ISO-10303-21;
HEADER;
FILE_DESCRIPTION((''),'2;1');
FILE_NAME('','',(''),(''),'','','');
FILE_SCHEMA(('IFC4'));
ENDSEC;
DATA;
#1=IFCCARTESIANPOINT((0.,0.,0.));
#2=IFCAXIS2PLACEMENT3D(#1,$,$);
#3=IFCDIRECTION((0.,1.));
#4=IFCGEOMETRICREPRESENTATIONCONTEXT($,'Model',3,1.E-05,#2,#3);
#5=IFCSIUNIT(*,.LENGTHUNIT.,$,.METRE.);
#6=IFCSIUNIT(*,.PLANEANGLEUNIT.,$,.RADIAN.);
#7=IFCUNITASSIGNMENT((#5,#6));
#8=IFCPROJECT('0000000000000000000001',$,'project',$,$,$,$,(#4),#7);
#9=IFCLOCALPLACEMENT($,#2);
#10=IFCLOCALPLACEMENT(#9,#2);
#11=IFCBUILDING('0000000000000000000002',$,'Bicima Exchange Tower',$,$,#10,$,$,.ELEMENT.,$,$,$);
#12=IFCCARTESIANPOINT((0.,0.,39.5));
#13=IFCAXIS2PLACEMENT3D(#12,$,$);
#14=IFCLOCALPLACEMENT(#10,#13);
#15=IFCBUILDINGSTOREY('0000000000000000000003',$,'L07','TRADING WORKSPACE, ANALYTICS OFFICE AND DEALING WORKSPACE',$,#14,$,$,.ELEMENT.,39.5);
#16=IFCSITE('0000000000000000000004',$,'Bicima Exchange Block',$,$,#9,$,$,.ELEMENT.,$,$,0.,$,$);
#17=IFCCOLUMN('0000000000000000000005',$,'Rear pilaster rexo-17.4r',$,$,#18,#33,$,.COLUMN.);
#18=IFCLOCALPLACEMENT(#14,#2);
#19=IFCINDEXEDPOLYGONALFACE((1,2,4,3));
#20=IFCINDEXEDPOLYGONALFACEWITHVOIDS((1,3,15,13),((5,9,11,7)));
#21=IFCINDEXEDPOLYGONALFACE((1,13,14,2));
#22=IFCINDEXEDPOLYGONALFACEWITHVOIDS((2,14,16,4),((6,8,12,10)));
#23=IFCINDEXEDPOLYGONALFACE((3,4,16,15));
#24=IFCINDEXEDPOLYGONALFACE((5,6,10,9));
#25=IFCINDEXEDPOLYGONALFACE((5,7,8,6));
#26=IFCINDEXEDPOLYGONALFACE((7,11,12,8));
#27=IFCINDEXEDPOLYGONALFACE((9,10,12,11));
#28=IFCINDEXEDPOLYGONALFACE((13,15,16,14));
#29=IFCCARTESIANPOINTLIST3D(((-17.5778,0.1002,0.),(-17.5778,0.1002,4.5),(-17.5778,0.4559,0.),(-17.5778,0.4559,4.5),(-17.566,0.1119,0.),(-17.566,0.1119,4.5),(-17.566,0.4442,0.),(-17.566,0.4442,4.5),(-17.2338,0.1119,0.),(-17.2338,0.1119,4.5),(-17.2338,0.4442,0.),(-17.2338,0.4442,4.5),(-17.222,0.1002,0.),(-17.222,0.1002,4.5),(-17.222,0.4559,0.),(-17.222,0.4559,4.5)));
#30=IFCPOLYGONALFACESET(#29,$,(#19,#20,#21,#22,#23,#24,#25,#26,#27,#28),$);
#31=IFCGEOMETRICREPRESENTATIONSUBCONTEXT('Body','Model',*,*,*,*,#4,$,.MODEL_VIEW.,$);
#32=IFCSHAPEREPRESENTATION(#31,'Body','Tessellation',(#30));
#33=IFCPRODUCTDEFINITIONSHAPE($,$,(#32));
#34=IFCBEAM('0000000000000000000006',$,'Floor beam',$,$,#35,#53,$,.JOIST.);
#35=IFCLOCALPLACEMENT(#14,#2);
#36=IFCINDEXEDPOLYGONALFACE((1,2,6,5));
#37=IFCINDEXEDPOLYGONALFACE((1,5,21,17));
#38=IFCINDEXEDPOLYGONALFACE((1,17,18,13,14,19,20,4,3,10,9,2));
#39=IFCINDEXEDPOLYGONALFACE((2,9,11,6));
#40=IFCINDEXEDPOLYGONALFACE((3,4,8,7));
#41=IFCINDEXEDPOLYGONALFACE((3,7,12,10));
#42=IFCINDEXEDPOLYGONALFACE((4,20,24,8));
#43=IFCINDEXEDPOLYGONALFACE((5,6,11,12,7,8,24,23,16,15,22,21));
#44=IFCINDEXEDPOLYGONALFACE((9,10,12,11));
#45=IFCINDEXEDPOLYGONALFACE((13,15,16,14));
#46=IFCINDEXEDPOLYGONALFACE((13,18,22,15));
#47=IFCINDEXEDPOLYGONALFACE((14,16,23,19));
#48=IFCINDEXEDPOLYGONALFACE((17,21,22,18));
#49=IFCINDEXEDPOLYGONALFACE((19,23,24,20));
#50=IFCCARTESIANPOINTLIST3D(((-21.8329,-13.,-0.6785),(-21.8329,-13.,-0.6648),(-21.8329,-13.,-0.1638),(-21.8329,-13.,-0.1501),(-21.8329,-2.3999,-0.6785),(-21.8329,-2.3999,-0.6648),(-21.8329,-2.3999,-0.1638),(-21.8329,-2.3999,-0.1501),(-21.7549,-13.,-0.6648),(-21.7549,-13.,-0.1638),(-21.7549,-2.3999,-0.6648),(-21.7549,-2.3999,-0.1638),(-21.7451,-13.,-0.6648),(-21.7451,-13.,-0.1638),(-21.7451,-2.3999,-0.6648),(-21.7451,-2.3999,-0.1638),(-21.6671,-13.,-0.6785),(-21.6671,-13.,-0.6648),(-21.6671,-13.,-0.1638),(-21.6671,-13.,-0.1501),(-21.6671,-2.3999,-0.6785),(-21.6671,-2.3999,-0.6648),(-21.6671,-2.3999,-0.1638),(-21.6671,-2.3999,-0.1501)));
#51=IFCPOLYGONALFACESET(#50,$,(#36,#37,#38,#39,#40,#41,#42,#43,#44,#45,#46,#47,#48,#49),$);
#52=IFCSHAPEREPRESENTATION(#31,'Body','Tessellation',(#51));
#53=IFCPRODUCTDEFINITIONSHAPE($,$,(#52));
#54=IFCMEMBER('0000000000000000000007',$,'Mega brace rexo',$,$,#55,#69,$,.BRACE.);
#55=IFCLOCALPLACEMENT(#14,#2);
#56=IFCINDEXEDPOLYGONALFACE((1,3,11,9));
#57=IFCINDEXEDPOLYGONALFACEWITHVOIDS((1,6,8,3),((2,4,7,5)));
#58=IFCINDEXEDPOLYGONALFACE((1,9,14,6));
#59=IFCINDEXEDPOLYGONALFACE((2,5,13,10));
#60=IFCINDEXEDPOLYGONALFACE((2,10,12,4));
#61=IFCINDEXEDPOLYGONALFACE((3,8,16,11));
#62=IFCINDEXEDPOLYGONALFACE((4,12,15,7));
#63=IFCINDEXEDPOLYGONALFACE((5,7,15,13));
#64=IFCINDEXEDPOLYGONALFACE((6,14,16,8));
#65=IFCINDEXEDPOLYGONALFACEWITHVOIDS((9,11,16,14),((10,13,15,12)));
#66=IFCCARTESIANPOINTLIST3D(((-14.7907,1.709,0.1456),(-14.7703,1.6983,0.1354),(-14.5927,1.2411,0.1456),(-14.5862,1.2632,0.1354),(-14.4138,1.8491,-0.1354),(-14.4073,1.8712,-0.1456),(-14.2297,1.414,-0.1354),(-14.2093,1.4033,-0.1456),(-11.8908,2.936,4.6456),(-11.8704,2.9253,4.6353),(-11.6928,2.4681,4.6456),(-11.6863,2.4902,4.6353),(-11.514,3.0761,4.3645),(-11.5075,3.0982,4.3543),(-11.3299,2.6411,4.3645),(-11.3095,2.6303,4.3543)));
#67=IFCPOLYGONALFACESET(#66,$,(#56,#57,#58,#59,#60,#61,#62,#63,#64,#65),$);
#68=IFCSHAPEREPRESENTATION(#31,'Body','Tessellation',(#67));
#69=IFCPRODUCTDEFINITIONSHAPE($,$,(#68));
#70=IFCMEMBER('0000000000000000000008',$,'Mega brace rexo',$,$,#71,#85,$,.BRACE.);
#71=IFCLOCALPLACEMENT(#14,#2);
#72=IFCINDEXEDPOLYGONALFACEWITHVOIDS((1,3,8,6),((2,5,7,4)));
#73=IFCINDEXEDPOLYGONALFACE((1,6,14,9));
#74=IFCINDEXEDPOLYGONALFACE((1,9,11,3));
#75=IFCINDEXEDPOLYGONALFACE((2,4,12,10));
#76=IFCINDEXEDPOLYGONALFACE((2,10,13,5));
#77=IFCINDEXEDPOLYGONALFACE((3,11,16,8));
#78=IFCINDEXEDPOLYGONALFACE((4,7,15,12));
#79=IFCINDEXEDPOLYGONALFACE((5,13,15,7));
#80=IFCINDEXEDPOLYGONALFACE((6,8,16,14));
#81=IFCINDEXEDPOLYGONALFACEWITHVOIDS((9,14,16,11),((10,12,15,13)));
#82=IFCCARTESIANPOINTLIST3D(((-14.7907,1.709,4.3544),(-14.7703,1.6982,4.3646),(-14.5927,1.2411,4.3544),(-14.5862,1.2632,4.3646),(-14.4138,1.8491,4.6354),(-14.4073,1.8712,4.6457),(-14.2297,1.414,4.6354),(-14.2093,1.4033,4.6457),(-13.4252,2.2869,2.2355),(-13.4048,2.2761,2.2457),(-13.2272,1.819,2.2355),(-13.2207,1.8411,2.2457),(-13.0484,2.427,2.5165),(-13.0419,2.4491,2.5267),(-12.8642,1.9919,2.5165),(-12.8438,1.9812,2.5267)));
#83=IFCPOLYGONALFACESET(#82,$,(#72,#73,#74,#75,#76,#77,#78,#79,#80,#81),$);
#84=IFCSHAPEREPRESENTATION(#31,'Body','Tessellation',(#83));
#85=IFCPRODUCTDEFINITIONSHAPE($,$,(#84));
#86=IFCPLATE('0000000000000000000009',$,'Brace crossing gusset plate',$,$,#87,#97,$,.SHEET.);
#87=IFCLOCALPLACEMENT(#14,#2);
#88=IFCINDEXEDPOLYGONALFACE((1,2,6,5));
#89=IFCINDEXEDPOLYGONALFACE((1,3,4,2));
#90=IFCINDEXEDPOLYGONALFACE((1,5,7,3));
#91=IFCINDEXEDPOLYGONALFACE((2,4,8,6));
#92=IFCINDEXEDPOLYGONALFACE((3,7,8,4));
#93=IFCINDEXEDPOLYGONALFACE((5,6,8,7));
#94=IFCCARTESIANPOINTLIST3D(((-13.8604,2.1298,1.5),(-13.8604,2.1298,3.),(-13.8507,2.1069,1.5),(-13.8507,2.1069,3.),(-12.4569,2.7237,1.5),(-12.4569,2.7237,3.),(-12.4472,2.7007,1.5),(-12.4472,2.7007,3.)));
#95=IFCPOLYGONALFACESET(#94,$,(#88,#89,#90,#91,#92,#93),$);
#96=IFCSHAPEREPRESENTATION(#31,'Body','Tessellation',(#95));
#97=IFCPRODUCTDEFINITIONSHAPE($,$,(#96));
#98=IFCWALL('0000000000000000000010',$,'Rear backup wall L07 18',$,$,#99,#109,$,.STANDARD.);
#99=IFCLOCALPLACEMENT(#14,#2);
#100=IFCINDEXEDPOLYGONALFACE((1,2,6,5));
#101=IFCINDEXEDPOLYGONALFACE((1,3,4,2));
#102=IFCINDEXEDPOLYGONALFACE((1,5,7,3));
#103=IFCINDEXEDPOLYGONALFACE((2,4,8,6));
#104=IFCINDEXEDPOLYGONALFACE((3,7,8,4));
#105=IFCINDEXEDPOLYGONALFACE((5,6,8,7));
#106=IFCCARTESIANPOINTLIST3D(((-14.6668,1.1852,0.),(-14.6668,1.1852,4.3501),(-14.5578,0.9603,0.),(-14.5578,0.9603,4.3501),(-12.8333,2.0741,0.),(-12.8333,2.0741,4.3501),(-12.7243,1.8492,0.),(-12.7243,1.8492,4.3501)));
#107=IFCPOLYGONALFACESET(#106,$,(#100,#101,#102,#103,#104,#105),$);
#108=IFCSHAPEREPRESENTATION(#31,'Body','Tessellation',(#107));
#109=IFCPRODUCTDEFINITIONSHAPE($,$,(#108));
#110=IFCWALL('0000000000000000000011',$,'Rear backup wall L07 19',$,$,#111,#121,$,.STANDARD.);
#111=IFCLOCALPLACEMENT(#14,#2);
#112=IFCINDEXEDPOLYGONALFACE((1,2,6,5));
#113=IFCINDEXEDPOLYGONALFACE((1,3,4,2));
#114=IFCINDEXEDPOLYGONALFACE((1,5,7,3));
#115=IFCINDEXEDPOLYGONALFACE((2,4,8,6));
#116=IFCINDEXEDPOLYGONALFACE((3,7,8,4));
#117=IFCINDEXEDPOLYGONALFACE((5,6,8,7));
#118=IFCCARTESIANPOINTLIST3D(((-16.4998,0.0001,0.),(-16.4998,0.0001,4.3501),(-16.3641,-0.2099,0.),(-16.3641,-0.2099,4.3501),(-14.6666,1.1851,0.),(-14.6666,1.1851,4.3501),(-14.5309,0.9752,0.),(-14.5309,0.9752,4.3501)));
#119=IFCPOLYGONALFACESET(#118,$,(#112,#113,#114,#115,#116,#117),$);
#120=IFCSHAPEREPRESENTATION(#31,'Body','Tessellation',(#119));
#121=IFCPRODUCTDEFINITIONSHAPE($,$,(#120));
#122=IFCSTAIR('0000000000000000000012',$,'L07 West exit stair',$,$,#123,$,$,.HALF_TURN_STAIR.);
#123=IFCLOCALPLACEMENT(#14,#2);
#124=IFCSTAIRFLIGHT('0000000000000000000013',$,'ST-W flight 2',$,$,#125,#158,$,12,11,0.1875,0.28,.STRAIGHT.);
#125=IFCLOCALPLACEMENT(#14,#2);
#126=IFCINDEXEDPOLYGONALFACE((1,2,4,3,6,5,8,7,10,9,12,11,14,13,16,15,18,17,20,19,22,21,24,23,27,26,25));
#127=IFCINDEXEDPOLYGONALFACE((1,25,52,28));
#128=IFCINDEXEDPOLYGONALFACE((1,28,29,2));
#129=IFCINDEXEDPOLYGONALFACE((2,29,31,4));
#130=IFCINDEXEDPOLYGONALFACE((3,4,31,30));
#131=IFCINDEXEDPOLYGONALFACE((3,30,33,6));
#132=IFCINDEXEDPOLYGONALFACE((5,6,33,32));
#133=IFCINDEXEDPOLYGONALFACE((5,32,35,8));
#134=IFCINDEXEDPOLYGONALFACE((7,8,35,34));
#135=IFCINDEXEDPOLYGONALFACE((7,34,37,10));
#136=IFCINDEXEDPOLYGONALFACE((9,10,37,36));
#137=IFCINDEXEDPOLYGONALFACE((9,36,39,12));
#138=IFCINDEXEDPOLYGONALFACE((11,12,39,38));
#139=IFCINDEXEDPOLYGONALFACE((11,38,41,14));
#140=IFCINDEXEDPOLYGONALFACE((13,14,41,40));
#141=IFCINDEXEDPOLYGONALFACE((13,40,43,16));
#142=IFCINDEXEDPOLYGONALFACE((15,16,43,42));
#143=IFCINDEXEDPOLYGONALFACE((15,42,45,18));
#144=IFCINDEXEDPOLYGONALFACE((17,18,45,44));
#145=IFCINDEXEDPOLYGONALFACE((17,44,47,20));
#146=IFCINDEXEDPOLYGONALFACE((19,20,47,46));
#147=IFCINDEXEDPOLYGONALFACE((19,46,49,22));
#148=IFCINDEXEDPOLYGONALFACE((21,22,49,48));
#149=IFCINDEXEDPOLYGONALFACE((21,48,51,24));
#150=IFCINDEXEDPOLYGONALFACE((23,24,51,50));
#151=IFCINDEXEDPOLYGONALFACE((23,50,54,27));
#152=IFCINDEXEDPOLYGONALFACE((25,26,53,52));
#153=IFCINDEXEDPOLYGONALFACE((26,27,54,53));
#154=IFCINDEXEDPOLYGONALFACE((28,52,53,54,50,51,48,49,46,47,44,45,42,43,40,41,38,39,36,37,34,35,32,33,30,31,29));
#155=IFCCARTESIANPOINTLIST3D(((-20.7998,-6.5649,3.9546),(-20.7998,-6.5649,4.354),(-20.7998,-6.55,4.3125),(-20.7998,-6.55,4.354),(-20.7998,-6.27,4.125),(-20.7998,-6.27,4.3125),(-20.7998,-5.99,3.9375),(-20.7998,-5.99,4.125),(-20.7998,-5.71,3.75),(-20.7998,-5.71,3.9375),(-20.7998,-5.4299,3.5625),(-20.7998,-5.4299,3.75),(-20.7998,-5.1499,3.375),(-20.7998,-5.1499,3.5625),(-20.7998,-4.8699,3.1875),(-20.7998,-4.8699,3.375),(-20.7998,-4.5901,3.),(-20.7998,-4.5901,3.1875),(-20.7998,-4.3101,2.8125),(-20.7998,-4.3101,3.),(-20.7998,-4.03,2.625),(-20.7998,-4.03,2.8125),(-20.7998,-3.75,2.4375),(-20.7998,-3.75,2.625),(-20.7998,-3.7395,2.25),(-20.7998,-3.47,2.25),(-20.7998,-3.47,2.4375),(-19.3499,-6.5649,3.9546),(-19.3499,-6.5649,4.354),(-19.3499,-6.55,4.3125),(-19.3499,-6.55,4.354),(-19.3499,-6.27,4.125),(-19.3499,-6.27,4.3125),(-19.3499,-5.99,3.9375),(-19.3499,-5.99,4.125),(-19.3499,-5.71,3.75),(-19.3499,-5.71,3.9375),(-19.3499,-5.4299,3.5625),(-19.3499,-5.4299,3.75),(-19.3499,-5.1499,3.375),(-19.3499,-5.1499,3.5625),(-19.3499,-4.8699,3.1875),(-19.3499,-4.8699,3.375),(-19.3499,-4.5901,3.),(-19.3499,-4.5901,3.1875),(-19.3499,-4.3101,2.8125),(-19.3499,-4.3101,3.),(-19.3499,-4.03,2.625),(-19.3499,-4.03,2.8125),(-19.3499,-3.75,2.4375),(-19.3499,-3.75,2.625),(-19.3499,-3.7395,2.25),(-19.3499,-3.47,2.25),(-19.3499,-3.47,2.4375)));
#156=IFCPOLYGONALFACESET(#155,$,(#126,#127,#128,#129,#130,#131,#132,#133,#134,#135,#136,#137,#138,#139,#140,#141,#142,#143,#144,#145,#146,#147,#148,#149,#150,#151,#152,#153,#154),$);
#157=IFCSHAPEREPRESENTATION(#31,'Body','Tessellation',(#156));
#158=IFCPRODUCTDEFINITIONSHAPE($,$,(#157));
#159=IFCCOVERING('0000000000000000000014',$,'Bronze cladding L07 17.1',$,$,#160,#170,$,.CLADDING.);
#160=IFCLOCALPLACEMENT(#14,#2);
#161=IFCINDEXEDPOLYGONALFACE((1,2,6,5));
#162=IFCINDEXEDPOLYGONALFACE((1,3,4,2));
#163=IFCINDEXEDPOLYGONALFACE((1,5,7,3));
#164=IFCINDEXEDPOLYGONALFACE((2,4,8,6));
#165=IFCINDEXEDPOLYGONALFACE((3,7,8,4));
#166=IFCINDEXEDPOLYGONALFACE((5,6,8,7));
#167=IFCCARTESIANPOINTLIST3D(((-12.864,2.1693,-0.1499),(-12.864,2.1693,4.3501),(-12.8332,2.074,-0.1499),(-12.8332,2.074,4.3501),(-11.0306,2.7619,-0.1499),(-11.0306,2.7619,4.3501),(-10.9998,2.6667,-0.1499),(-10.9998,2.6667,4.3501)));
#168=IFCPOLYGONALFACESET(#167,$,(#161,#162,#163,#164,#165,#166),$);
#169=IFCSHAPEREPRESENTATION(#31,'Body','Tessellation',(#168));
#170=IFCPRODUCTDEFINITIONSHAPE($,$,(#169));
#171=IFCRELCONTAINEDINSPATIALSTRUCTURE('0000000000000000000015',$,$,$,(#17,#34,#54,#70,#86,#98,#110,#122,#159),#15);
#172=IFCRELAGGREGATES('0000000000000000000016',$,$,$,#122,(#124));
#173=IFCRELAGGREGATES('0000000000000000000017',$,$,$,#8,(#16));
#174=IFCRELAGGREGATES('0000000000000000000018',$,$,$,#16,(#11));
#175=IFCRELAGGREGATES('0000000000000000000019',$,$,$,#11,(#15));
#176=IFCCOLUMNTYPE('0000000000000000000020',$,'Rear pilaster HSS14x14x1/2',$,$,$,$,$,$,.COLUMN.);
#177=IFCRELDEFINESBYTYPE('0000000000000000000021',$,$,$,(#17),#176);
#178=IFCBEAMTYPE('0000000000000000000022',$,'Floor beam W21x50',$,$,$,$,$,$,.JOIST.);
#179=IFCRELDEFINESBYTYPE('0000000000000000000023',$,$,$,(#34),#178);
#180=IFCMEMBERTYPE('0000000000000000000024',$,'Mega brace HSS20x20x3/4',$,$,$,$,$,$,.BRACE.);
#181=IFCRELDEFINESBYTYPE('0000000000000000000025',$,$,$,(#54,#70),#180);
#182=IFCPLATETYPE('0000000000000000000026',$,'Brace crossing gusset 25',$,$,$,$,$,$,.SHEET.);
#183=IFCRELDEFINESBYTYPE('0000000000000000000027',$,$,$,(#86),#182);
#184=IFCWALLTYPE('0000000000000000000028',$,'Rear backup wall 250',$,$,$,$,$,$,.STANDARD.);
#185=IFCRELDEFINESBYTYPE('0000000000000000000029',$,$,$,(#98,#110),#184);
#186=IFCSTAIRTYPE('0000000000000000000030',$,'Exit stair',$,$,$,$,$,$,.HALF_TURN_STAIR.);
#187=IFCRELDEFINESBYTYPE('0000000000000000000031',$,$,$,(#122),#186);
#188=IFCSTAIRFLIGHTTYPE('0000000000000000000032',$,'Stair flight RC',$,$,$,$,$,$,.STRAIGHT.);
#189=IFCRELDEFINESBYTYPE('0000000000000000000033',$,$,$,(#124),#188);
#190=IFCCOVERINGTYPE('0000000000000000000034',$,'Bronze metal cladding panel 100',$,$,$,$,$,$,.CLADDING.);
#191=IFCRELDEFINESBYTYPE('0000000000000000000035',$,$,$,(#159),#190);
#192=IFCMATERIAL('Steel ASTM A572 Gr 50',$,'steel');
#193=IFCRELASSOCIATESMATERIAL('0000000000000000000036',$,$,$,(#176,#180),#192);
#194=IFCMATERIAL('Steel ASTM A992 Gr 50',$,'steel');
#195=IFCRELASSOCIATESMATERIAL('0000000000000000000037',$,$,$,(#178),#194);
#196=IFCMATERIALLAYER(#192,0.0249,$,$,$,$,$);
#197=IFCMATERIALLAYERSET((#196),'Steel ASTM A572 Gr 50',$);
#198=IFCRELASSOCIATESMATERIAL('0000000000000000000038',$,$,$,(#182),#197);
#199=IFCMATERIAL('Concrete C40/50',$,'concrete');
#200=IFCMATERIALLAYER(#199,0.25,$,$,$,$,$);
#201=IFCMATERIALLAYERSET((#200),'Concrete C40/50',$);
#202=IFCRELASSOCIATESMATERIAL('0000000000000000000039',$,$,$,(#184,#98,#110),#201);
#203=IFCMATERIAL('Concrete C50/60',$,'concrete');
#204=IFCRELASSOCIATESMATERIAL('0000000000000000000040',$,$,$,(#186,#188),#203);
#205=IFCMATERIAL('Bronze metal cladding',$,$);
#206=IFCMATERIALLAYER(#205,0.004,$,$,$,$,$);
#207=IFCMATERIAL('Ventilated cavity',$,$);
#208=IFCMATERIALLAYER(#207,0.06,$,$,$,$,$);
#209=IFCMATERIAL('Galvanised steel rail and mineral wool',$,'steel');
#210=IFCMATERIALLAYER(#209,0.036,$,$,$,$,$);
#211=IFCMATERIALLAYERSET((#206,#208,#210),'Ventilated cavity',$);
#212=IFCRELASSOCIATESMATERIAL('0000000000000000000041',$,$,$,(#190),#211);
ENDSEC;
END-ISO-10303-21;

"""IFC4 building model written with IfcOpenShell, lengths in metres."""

from ifc_helpers import new_model, si_unit, direction, frame, frame_2d, origin, origin_2d, place, context, subcontext, project, spatial, polyline, rectangle, hollow_rectangle, i_section, outline, extrude, material, layer, layer_set, layer_usage, material_profile, profile_set, type_object, element, aggregate, save


model = new_model("IFC4")

# Units and contexts
model_context = context("Model", 3, precision=1e-05, world=origin(), true_north=direction((0.0, 1.0)))
body_context = subcontext(model_context, "Body", "Model", "MODEL_VIEW")
ifc_project = project(units=[si_unit("LENGTHUNIT", "METRE"), si_unit("PLANEANGLEUNIT", "RADIAN")], contexts=[model_context])

# Site, building, storey
site_placement = place(None, origin())
site = spatial("IfcSite", under=ifc_project, at=site_placement, Name="Bicima Exchange Block", CompositionType="ELEMENT", RefElevation=0.0)
building_placement = place(site_placement, origin())
building = spatial("IfcBuilding", under=site, at=building_placement, Name="Bicima Exchange Tower", CompositionType="ELEMENT")
storey_placement = place(building_placement, frame((0.0, 0.0, 39.5)))
storey = spatial("IfcBuildingStorey", under=building, at=storey_placement, Name="L07", Description="TRADING WORKSPACE, ANALYTICS OFFICE AND DEALING WORKSPACE", CompositionType="ELEMENT", Elevation=39.5)

# Column
ifc_material_1 = material(Name="Steel ASTM A572 Gr 50", Category="steel")
ifc_material_profile_1 = material_profile(ifc_material_1, hollow_rectangle(XDim=0.3557, YDim=0.3557, WallThickness=0.0117, at=origin_2d()))
ifc_profile_set_1 = profile_set([ifc_material_profile_1], Name="Steel ASTM A572 Gr 50")
column_type = type_object("IfcColumnType", Name="Rear pilaster HSS14x14x1/2", PredefinedType="COLUMN", material=ifc_profile_set_1)
column_placement = place(storey_placement, frame((-17.3999, 0.2781, 0.0), z_axis=(0.0, 0.0, 1.0), x_axis=(1.0, 0.0, 0.0)))
element("IfcColumn", 1, at=column_placement, inside=storey, type_object=column_type, Name="Rear pilaster rexo-17.4r", PredefinedType="COLUMN", context=body_context, shape_type="SweptSolid", body=[
    extrude(hollow_rectangle(XDim=0.3557, YDim=0.3557, WallThickness=0.0117, at=origin_2d()), origin(), (0.0, 0.0, 1.0), 4.5),
])

# Beam
ifc_material_2 = material(Name="Steel ASTM A992 Gr 50", Category="steel")
ifc_material_profile_2 = material_profile(ifc_material_2, i_section(OverallWidth=0.1658, OverallDepth=0.5283, WebThickness=0.0098, FlangeThickness=0.0137, at=origin_2d()))
ifc_profile_set_2 = profile_set([ifc_material_profile_2], Name="Steel ASTM A992 Gr 50")
beam_type = type_object("IfcBeamType", Name="Floor beam W21x50", PredefinedType="JOIST", material=ifc_profile_set_2)
beam_placement = place(storey_placement, frame((-21.75, -2.3999, -0.4143), z_axis=(0.0, -1.0, 0.0), x_axis=(1.0, 0.0, 0.0)))
element("IfcBeam", 2, at=beam_placement, inside=storey, type_object=beam_type, Name="Floor beam", PredefinedType="JOIST", context=body_context, shape_type="SweptSolid", body=[
    extrude(i_section(OverallWidth=0.1658, OverallDepth=0.5283, WebThickness=0.0098, FlangeThickness=0.0137, at=origin_2d()), origin(), (0.0, 0.0, 1.0), 10.6001),
])

# Members
ifc_material_profile_3 = material_profile(ifc_material_1, hollow_rectangle(XDim=0.5081, YDim=0.5081, WallThickness=0.0178, at=origin_2d()))
ifc_profile_set_3 = profile_set([ifc_material_profile_3], Name="Steel ASTM A572 Gr 50")
member_type = type_object("IfcMemberType", Name="Mega brace HSS20x20x3/4", PredefinedType="BRACE", material=ifc_profile_set_3)
member_1_placement = place(storey_placement, frame((-14.5, 1.5562, 0.0), z_axis=(0.527997, 0.223414, 0.819333), x_axis=(-0.389686, 0.920948, 0.0)))
element("IfcMember", 3, at=member_1_placement, inside=storey, type_object=member_type, Name="Mega brace rexo", PredefinedType="BRACE", context=body_context, shape_type="SweptSolid", body=[
    extrude(hollow_rectangle(XDim=0.5081, YDim=0.5081, WallThickness=0.0178, at=origin_2d()), origin(), (0.0, 0.0, 1.0), 5.4922),
])
member_2_placement = place(storey_placement, frame((-13.1345, 2.134, 2.3811), z_axis=(-0.527996, -0.223452, 0.819323), x_axis=(0.389742, -0.920924, 0.0)))
element("IfcMember", 4, at=member_2_placement, inside=storey, type_object=member_type, Name="Mega brace rexo", PredefinedType="BRACE", context=body_context, shape_type="SweptSolid", body=[
    extrude(hollow_rectangle(XDim=0.5081, YDim=0.5081, WallThickness=0.0178, at=origin_2d()), origin(), (0.0, 0.0, 1.0), 2.5862),
])

# Plate
ifc_layer_1 = layer(ifc_material_1, 0.0249)
ifc_layer_set_1 = layer_set([ifc_layer_1], Name="Steel ASTM A572 Gr 50")
plate_type = type_object("IfcPlateType", Name="Brace crossing gusset 25", PredefinedType="SHEET", material=ifc_layer_set_1)
plate_placement = place(storey_placement, frame((-13.1538, 2.4153, 1.5), z_axis=(0.0, 0.0, 1.0), x_axis=(0.920946, 0.38969, 0.0)))
element("IfcPlate", 5, at=plate_placement, inside=storey, type_object=plate_type, Name="Brace crossing gusset plate", PredefinedType="SHEET", context=body_context, shape_type="SweptSolid", body=[
    extrude(rectangle(XDim=1.5239, YDim=0.0249, at=origin_2d()), origin(), (0.0, 0.0, 1.0), 1.5),
])

# Walls
ifc_material_3 = material(Name="Concrete C40/50", Category="concrete")
ifc_layer_2 = layer(ifc_material_3, 0.25)
ifc_layer_set_2 = layer_set([ifc_layer_2], Name="Concrete C40/50")
ifc_layer_usage = layer_usage(ifc_layer_set_2, "AXIS2", "POSITIVE", -0.125)
wall_type = type_object("IfcWallType", Name="Rear backup wall 250", PredefinedType="STANDARD", material=ifc_layer_set_2)
wall_1_placement = place(storey_placement, frame((-12.7788, 1.9617, 0.0), z_axis=(0.0, 0.0, 1.0), x_axis=(-0.899824, -0.436253, 0.0)))
element("IfcWall", 6, at=wall_1_placement, inside=storey, type_object=wall_type, material=ifc_layer_usage, Name="Rear backup wall L07 18", PredefinedType="STANDARD", context=body_context, shape_type="SweptSolid", body=[
    extrude(rectangle(XDim=2.0376, YDim=0.25, at=frame_2d((1.0188, 0.0))), origin(), (0.0, 0.0, 1.0), 4.3501),
])
wall_2_placement = place(storey_placement, frame((-14.5989, 1.0801, 0.0), z_axis=(0.0, 0.0, 1.0), x_axis=(-0.839813, -0.542876, 0.0)))
element("IfcWall", 7, at=wall_2_placement, inside=storey, type_object=wall_type, material=ifc_layer_usage, Name="Rear backup wall L07 19", PredefinedType="STANDARD", context=body_context, shape_type="SweptSolid", body=[
    extrude(rectangle(XDim=2.1829, YDim=0.25, at=frame_2d((1.0913, 0.0))), origin(), (0.0, 0.0, 1.0), 4.3501),
])

# Stair, stair flight
ifc_material_4 = material(Name="Concrete C50/60", Category="concrete")
stair_type = type_object("IfcStairType", Name="Exit stair", PredefinedType="HALF_TURN_STAIR", material=ifc_material_4)
stair_placement = place(storey_placement, origin())
stair = element("IfcStair", 8, at=stair_placement, inside=storey, type_object=stair_type, Name="L07 West exit stair", PredefinedType="HALF_TURN_STAIR")
stair_flight_type = type_object("IfcStairFlightType", Name="Stair flight RC", PredefinedType="STRAIGHT", material=ifc_material_4)
stair_flight_placement = place(storey_placement, frame((-20.075, -3.47, 2.25), z_axis=(0.0, 0.0, 1.0), x_axis=(0.0, -1.0, 0.0)))
stair_flight = element("IfcStairFlight", 9, at=stair_flight_placement, type_object=stair_flight_type, Name="ST-W flight 2", NumberOfRisers=12, NumberOfTreads=11, PredefinedType="STRAIGHT", RiserHeight=0.1875, TreadLength=0.28, context=body_context, shape_type="SweptSolid", body=[
    extrude(outline(polyline([(0.0, 0.0), (0.0, 0.1875), (0.28, 0.1875), (0.28, 0.375), (0.5601, 0.375), (0.5601, 0.5625), (0.8401, 0.5625), (0.8401, 0.75), (1.1201, 0.75), (1.1201, 0.9375), (1.3999, 0.9375), (1.3999, 1.125), (1.6799, 1.125), (1.6799, 1.3125), (1.96, 1.3125), (1.96, 1.5), (2.24, 1.5), (2.24, 1.6875), (2.52, 1.6875), (2.52, 1.875), (2.8, 1.875), (2.8, 2.0625), (3.0801, 2.0625), (3.0801, 2.104), (3.095, 2.104), (3.095, 1.7046), (0.2695, 0.0), (0.0, 0.0)])), frame((0.0, 0.7251, 0.0), z_axis=(0.0, -1.0, 0.0), x_axis=(1.0, 0.0, 0.0)), (0.0, 0.0, 1.0), 1.45),
])
aggregate(stair, [stair_flight])

# Covering
ifc_material_5 = material(Name="Bronze metal cladding")
ifc_layer_3 = layer(ifc_material_5, 0.004)
ifc_material_6 = material(Name="Ventilated cavity")
ifc_layer_4 = layer(ifc_material_6, 0.06)
ifc_material_7 = material(Name="Galvanised steel rail and mineral wool", Category="steel")
ifc_layer_5 = layer(ifc_material_7, 0.036)
ifc_layer_set_3 = layer_set([ifc_layer_3, ifc_layer_4, ifc_layer_5], Name="Ventilated cavity")
covering_type = type_object("IfcCoveringType", Name="Bronze metal cladding panel 100", PredefinedType="CLADDING", material=ifc_layer_set_3)
covering_1_placement = place(storey_placement, frame((-11.9319, 2.418, -0.1499), z_axis=(0.0, 0.0, 1.0), x_axis=(-0.951525, -0.307573, 0.0)))
element("IfcCovering", 10, at=covering_1_placement, inside=storey, type_object=covering_type, Name="Bronze cladding L07 17.1", PredefinedType="CLADDING", context=body_context, shape_type="SweptSolid", body=[
    extrude(rectangle(XDim=1.9268, YDim=0.1001, at=origin_2d()), origin(), (0.0, 0.0, 1.0), 4.5),
])

save(model, "model.ifc")
